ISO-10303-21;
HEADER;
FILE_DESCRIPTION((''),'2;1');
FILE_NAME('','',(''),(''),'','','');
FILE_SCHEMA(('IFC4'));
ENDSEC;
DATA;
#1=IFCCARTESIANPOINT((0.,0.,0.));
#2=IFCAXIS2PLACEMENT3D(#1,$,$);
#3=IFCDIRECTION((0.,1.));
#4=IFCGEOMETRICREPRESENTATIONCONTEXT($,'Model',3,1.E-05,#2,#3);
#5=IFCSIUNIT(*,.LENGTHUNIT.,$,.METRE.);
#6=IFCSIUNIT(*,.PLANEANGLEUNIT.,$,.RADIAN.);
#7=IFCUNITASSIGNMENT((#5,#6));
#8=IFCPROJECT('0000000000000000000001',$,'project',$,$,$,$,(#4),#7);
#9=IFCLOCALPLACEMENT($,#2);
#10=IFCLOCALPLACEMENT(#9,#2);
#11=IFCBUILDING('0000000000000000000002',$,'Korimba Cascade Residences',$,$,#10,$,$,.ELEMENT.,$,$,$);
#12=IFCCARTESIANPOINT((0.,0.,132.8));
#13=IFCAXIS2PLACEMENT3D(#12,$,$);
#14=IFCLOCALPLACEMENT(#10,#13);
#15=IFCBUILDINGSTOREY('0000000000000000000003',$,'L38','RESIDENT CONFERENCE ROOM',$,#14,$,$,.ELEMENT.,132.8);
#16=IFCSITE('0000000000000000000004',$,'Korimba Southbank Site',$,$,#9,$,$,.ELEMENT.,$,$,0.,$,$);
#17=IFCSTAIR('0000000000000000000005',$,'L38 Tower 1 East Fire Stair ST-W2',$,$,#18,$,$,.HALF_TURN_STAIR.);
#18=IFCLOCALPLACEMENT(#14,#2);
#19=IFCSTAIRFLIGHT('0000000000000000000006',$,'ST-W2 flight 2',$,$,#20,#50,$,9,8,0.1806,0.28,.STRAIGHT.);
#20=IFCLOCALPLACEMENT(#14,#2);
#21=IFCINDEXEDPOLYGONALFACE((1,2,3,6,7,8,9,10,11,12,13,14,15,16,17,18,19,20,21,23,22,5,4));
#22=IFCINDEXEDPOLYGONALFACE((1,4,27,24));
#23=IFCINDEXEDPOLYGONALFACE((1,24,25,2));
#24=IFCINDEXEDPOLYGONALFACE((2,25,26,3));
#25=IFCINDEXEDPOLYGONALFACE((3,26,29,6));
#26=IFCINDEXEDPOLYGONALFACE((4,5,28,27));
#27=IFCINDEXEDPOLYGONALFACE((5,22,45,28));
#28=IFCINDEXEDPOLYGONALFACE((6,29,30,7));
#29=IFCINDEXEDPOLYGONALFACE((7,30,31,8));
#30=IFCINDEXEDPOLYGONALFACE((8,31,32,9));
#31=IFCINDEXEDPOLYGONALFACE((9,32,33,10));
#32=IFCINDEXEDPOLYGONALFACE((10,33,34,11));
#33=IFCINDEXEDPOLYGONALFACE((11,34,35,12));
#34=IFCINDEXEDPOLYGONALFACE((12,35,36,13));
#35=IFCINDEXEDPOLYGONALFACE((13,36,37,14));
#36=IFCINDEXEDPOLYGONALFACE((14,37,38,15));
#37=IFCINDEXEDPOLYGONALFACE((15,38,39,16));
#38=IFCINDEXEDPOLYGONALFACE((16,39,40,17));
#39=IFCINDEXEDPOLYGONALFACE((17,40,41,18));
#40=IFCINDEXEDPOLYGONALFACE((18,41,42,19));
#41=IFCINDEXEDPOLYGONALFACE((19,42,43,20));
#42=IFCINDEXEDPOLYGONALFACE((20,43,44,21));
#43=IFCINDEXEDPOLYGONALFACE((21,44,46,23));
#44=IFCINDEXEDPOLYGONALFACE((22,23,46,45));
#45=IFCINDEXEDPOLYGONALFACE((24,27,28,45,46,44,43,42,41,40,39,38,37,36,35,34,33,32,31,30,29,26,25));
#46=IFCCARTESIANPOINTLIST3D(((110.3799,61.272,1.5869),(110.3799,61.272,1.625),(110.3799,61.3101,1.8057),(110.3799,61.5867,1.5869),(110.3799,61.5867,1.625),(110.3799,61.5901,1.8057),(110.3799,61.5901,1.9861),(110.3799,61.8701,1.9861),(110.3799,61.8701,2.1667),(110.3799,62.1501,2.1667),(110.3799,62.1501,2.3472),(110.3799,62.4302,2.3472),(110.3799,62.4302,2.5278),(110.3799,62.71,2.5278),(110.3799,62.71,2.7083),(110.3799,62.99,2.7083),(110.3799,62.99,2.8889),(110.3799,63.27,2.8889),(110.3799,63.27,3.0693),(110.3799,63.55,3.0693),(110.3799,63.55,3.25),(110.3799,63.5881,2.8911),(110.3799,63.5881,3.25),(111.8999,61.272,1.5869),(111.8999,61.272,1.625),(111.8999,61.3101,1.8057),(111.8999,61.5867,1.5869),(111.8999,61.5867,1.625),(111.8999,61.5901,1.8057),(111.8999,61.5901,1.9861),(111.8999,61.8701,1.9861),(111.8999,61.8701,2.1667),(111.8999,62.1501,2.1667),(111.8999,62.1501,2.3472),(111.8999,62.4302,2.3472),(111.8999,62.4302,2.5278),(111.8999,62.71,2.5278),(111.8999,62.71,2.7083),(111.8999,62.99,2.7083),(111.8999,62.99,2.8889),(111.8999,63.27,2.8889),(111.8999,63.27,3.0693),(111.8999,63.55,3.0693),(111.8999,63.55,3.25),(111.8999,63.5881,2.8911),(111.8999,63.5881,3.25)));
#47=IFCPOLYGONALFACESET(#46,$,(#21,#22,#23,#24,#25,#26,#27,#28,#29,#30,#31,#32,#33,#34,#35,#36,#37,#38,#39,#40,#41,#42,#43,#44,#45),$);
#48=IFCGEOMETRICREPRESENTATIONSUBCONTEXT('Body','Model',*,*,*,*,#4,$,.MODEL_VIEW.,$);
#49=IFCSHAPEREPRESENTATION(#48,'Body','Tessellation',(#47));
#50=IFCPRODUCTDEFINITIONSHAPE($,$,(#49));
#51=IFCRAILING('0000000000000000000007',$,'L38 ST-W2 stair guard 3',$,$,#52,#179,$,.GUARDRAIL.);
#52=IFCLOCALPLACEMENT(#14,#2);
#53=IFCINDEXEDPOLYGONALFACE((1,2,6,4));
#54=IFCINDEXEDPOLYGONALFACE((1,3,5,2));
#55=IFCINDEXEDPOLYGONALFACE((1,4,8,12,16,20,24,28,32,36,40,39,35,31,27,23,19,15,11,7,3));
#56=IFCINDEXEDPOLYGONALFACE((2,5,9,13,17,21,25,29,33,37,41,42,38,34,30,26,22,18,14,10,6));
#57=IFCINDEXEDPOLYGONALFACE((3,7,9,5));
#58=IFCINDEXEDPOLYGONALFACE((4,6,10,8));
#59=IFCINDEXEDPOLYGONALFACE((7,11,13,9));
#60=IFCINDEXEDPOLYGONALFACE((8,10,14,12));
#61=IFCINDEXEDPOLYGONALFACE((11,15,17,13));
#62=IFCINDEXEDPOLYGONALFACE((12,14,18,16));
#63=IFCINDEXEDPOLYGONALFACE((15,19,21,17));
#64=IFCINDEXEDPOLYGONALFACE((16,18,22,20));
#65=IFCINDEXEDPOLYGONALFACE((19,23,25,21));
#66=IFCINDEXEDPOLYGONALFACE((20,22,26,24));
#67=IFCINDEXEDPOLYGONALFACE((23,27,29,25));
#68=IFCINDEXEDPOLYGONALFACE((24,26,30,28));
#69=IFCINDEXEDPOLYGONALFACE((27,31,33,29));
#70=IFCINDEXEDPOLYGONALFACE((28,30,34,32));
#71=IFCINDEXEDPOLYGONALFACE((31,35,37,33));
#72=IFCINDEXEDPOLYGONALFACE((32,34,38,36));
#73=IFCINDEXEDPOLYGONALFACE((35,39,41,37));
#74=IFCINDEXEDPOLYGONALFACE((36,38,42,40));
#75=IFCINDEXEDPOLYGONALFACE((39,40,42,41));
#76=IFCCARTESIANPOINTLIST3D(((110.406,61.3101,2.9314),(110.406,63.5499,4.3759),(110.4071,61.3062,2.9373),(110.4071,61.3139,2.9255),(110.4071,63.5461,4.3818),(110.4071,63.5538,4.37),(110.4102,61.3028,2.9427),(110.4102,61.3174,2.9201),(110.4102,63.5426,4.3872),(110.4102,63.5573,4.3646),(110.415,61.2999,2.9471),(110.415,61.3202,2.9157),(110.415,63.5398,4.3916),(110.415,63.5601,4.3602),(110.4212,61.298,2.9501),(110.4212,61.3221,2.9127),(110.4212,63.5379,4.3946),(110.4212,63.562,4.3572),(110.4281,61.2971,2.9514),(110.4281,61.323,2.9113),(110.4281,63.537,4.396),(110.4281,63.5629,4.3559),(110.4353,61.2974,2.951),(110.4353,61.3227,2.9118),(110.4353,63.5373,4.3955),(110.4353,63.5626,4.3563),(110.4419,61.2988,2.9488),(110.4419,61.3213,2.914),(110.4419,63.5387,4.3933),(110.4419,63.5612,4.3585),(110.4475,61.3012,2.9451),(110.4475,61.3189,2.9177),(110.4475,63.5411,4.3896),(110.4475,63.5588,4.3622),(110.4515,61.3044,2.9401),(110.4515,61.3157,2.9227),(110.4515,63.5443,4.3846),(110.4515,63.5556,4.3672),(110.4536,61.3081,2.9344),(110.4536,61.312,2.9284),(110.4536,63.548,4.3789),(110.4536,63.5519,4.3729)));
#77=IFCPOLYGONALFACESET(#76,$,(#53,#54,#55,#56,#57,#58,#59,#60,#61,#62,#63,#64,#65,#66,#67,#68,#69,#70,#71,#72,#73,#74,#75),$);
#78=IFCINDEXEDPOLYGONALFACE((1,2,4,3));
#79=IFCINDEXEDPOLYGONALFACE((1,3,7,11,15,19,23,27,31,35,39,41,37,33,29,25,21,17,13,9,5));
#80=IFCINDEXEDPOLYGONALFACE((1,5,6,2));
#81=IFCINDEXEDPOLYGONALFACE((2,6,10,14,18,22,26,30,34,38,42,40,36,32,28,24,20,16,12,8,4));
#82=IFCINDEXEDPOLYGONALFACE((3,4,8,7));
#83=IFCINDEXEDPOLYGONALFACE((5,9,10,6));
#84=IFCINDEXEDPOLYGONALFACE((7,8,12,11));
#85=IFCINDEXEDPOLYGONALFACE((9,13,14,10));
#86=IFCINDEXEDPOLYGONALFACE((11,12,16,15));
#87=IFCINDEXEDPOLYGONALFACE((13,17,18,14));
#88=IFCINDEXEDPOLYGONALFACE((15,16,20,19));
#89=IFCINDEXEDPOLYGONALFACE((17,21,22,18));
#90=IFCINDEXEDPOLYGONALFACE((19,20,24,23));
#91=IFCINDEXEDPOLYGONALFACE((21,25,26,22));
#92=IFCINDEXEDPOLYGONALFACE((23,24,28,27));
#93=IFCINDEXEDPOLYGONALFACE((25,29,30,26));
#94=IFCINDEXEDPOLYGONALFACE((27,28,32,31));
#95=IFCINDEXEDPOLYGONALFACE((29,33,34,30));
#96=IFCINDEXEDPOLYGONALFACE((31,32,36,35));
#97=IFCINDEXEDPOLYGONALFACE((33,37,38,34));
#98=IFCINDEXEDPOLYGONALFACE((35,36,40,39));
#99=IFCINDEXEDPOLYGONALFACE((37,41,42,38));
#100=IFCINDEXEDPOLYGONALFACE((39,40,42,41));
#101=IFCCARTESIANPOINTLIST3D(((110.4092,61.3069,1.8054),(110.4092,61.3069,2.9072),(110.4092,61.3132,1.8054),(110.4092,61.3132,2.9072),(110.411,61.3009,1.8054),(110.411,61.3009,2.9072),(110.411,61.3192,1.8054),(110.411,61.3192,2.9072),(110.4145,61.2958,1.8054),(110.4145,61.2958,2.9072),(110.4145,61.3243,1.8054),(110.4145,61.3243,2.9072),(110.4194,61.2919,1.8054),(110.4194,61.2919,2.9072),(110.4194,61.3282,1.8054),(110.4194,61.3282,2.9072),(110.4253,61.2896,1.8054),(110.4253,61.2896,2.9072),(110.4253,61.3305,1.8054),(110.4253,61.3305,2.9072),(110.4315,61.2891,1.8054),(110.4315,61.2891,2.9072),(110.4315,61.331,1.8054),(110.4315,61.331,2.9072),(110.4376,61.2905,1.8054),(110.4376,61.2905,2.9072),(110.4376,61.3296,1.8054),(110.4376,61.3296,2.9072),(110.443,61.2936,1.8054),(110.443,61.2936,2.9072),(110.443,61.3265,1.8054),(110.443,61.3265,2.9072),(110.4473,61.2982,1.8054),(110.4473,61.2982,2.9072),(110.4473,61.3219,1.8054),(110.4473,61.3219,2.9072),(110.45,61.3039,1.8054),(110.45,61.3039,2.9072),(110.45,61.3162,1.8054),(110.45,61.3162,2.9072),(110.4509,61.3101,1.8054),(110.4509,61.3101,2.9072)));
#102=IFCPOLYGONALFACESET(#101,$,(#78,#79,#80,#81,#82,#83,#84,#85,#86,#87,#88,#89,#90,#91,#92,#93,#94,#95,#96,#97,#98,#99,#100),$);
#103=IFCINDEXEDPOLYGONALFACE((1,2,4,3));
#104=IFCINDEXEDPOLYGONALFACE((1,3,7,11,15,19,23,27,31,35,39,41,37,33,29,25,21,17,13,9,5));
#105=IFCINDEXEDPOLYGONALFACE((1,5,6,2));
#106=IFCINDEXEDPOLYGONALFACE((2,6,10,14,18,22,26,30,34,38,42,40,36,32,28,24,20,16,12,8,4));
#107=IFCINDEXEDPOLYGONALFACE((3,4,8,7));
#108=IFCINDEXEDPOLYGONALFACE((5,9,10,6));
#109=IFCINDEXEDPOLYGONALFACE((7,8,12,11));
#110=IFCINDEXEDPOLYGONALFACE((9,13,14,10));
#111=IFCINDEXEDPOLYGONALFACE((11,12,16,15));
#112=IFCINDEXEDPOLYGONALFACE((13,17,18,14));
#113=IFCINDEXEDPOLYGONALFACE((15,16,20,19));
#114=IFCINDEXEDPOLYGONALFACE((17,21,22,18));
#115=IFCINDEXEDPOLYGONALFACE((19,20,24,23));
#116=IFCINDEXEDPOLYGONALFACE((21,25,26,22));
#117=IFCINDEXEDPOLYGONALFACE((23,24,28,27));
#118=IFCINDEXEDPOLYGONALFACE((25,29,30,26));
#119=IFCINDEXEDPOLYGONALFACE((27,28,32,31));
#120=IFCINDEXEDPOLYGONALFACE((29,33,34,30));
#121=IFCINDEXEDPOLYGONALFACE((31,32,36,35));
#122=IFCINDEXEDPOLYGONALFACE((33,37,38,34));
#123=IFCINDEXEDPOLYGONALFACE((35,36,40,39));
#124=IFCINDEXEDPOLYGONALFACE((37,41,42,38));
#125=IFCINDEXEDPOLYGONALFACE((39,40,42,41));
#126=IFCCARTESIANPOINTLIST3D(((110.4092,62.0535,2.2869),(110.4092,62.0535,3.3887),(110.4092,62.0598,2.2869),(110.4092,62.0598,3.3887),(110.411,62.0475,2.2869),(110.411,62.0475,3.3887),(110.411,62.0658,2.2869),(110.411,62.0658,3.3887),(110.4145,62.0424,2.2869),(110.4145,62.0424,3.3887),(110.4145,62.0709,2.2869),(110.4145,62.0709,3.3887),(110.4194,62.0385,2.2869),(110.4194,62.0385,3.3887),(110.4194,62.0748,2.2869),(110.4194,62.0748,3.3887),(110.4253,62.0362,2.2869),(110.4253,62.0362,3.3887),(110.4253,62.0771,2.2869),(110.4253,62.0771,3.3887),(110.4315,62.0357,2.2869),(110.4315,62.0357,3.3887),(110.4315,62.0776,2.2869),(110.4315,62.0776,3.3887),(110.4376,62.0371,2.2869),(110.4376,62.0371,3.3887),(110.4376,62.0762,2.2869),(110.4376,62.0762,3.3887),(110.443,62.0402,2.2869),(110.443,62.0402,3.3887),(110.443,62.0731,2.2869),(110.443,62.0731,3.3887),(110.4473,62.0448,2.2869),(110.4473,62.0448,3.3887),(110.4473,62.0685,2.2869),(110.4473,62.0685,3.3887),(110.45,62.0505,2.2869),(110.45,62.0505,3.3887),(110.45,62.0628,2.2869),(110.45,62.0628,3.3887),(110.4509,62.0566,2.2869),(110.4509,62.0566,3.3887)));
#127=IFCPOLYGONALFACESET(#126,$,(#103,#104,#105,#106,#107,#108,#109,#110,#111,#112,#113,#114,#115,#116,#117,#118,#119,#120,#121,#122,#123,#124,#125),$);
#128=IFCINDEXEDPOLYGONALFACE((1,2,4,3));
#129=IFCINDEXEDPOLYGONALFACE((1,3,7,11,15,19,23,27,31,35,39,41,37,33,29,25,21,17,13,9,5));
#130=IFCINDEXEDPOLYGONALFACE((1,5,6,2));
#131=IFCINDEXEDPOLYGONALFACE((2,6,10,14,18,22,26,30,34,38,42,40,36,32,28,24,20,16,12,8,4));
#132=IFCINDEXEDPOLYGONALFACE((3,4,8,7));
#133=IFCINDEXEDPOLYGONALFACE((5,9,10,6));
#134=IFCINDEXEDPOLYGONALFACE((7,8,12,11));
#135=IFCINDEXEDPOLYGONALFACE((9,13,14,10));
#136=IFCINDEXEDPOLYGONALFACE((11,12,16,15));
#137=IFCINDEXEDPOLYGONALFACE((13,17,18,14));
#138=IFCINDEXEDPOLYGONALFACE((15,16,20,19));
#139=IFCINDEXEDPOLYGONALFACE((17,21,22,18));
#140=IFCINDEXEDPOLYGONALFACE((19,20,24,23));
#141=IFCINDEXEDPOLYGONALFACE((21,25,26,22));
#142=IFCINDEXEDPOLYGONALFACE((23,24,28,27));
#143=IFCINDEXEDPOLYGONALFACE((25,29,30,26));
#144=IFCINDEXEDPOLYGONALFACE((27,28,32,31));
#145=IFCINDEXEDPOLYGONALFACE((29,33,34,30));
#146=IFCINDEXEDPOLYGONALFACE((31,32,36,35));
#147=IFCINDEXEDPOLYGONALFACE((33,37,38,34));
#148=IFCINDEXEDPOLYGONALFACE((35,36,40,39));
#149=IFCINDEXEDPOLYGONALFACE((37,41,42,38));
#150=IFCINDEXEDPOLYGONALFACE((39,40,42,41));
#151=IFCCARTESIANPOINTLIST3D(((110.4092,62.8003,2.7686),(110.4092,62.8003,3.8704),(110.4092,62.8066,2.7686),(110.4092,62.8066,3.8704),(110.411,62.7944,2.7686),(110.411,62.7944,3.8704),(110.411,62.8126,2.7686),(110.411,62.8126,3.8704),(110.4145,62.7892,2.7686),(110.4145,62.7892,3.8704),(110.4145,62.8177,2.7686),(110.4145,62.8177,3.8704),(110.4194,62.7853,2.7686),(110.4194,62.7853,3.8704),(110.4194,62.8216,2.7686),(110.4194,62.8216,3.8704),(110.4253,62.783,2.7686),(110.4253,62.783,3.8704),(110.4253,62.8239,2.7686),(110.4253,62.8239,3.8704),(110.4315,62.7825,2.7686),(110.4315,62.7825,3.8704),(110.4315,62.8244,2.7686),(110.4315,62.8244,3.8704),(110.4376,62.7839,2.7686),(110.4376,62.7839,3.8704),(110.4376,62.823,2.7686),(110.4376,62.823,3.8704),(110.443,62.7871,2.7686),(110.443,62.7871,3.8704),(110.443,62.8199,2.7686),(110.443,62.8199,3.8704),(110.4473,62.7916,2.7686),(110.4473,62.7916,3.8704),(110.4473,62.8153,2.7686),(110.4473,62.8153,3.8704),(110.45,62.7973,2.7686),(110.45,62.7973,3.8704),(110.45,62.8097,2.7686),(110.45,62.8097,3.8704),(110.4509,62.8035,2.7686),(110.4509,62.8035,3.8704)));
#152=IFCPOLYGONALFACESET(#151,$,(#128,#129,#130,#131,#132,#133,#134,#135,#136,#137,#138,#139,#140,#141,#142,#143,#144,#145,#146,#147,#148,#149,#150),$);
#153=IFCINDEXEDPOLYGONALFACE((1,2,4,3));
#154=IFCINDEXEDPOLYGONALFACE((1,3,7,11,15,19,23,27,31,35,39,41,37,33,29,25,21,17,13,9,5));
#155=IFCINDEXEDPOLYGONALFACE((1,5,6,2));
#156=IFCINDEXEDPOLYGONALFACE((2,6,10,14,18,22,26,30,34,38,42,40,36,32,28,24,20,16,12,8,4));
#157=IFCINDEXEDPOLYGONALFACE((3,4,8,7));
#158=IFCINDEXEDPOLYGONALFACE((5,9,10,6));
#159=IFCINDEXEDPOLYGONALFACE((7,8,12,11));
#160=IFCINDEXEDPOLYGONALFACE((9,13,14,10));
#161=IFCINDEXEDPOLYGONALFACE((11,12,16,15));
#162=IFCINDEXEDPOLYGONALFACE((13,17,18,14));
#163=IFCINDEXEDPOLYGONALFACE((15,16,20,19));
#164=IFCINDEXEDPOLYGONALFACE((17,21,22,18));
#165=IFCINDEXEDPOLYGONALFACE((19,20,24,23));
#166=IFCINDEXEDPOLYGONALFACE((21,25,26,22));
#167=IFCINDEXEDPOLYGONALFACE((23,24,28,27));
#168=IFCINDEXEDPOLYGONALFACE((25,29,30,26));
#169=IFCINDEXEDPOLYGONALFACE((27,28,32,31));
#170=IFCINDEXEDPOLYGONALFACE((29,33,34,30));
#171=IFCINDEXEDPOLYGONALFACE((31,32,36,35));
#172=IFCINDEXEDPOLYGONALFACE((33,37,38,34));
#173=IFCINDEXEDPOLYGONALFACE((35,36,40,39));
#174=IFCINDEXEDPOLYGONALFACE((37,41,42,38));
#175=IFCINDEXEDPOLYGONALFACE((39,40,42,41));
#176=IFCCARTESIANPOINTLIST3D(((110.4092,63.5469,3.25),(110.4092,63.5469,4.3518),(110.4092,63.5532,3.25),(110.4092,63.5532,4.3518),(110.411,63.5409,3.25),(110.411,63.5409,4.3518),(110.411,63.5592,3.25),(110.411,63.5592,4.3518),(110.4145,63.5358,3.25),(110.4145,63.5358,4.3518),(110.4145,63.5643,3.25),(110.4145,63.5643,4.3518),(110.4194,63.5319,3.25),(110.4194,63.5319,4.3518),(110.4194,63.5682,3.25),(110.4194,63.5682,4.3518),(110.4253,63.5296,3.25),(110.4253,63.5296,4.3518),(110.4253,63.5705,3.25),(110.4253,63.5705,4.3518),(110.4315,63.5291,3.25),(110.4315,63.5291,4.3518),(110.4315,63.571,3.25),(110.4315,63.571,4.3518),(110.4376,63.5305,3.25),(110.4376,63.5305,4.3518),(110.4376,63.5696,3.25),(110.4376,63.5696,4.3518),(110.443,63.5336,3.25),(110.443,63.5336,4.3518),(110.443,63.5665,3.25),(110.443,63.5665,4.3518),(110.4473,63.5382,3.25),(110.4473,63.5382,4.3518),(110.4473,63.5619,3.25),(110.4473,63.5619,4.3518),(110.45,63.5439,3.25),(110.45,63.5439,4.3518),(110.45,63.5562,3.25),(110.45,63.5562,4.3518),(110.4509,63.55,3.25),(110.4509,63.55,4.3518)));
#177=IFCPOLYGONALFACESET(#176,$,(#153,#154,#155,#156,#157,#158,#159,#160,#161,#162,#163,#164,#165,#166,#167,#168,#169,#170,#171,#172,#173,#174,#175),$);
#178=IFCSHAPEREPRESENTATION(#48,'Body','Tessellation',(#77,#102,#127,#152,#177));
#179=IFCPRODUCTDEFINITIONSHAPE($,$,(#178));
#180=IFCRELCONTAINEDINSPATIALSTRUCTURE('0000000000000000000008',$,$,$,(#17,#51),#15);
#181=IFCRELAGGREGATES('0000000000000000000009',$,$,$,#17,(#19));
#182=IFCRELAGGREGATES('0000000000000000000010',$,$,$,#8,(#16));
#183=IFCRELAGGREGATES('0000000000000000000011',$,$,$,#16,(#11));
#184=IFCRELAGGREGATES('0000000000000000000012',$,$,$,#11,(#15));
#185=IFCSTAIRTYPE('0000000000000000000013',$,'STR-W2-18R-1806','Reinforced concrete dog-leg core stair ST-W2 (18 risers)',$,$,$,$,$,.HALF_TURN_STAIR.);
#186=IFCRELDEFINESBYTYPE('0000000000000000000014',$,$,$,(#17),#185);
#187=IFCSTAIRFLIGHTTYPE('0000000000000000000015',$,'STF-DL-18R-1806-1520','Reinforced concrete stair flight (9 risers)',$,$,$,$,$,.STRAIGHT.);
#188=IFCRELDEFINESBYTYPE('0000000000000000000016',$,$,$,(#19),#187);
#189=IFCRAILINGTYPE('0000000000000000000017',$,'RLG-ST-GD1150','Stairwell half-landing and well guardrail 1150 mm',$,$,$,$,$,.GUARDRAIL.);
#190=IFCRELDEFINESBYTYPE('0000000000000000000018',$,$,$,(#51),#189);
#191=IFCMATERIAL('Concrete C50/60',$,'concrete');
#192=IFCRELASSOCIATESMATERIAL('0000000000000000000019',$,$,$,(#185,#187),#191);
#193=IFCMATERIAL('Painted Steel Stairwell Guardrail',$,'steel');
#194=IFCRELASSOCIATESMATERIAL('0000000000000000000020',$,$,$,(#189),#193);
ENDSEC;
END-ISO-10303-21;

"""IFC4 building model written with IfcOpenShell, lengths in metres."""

from ifc_helpers import new_model, si_unit, direction, frame, origin, origin_2d, place, context, subcontext, project, spatial, polyline, circle, outline, extrude, material, type_object, element, aggregate, save


model = new_model("IFC4")

# Units and contexts
model_context = context("Model", 3, precision=1e-05, world=origin(), true_north=direction((0.0, 1.0)))
body_context = subcontext(model_context, "Body", "Model", "MODEL_VIEW")
ifc_project = project(units=[si_unit("LENGTHUNIT", "METRE"), si_unit("PLANEANGLEUNIT", "RADIAN")], contexts=[model_context])

# Site, building, storey
site_placement = place(None, origin())
site = spatial("IfcSite", under=ifc_project, at=site_placement, Name="Korimba Southbank Site", CompositionType="ELEMENT", RefElevation=0.0)
building_placement = place(site_placement, origin())
building = spatial("IfcBuilding", under=site, at=building_placement, Name="Korimba Cascade Residences", CompositionType="ELEMENT")
storey_placement = place(building_placement, frame((0.0, 0.0, 132.8)))
storey = spatial("IfcBuildingStorey", under=building, at=storey_placement, Name="L38", Description="RESIDENT CONFERENCE ROOM", CompositionType="ELEMENT", Elevation=132.8)

# Stair, stair flight
ifc_material_1 = material(Name="Concrete C50/60", Category="concrete")
stair_type = type_object("IfcStairType", Name="STR-W2-18R-1806", Description="Reinforced concrete dog-leg core stair ST-W2 (18 risers)", PredefinedType="HALF_TURN_STAIR", material=ifc_material_1)
stair_placement = place(storey_placement, origin())
stair = element("IfcStair", 1, at=stair_placement, inside=storey, type_object=stair_type, Name="L38 Tower 1 East Fire Stair ST-W2", PredefinedType="HALF_TURN_STAIR")
stair_flight_type = type_object("IfcStairFlightType", Name="STF-DL-18R-1806-1520", Description="Reinforced concrete stair flight (9 risers)", PredefinedType="STRAIGHT", material=ifc_material_1)
stair_flight_placement = place(storey_placement, frame((111.1399, 61.3101, 1.625), z_axis=(0.0, 0.0, 1.0), x_axis=(0.0, 1.0, 0.0)))
stair_flight = element("IfcStairFlight", 2, at=stair_flight_placement, type_object=stair_flight_type, Name="ST-W2 flight 2", NumberOfRisers=9, NumberOfTreads=8, PredefinedType="STRAIGHT", RiserHeight=0.1806, TreadLength=0.28, context=body_context, shape_type="SweptSolid", body=[
    extrude(outline(polyline([(-0.0381, 0.0), (0.0, 0.1807), (0.28, 0.1807), (0.28, 0.3611), (0.5601, 0.3611), (0.5601, 0.5417), (0.8401, 0.5417), (0.8401, 0.7222), (1.1201, 0.7222), (1.1201, 0.9028), (1.3999, 0.9028), (1.3999, 1.0833), (1.6799, 1.0833), (1.6799, 1.2639), (1.96, 1.2639), (1.96, 1.4443), (2.24, 1.4443), (2.24, 1.625), (2.2781, 1.625), (2.2781, 1.2661), (0.2766, 0.0), (0.2766, -0.0381), (-0.0381, -0.0381), (-0.0381, 0.0)])), frame((0.0, 0.76, 0.0), z_axis=(0.0, -1.0, 0.0), x_axis=(1.0, 0.0, 0.0)), (0.0, 0.0, 1.0), 1.52),
])
aggregate(stair, [stair_flight])

# Railing
ifc_material_2 = material(Name="Painted Steel Stairwell Guardrail", Category="steel")
railing_type_1 = type_object("IfcRailingType", Name="RLG-ST-GD1150", Description="Stairwell half-landing and well guardrail 1150 mm", PredefinedType="GUARDRAIL", material=ifc_material_2)
railing_1_placement = place(storey_placement, frame((110.4299, 61.3101, 1.8054)))
element("IfcRailing", 3, at=railing_1_placement, inside=storey, type_object=railing_type_1, Name="L38 ST-W2 stair guard 3", PredefinedType="GUARDRAIL", context=body_context, shape_type="SweptSolid", body=[
    extrude(circle(Radius=0.0239, at=origin_2d()), frame((0.0, 0.0, 1.126), z_axis=(0.0, 0.840395, 0.541975), x_axis=(-1.0, 0.0, 0.0)), (0.0, 0.0, 1.0), 2.6653),
    extrude(circle(Radius=0.021, at=origin_2d()), origin(), (0.0, 0.0, 1.0), 1.1018),
    extrude(circle(Radius=0.021, at=origin_2d()), frame((0.0, 0.7466, 0.4814)), (0.0, 0.0, 1.0), 1.1018),
    extrude(circle(Radius=0.021, at=origin_2d()), frame((0.0, 1.4934, 0.9631)), (0.0, 0.0, 1.0), 1.1018),
    extrude(circle(Radius=0.021, at=origin_2d()), frame((0.0, 2.24, 1.4446)), (0.0, 0.0, 1.0), 1.1018),
])

save(model, "model.ifc")
